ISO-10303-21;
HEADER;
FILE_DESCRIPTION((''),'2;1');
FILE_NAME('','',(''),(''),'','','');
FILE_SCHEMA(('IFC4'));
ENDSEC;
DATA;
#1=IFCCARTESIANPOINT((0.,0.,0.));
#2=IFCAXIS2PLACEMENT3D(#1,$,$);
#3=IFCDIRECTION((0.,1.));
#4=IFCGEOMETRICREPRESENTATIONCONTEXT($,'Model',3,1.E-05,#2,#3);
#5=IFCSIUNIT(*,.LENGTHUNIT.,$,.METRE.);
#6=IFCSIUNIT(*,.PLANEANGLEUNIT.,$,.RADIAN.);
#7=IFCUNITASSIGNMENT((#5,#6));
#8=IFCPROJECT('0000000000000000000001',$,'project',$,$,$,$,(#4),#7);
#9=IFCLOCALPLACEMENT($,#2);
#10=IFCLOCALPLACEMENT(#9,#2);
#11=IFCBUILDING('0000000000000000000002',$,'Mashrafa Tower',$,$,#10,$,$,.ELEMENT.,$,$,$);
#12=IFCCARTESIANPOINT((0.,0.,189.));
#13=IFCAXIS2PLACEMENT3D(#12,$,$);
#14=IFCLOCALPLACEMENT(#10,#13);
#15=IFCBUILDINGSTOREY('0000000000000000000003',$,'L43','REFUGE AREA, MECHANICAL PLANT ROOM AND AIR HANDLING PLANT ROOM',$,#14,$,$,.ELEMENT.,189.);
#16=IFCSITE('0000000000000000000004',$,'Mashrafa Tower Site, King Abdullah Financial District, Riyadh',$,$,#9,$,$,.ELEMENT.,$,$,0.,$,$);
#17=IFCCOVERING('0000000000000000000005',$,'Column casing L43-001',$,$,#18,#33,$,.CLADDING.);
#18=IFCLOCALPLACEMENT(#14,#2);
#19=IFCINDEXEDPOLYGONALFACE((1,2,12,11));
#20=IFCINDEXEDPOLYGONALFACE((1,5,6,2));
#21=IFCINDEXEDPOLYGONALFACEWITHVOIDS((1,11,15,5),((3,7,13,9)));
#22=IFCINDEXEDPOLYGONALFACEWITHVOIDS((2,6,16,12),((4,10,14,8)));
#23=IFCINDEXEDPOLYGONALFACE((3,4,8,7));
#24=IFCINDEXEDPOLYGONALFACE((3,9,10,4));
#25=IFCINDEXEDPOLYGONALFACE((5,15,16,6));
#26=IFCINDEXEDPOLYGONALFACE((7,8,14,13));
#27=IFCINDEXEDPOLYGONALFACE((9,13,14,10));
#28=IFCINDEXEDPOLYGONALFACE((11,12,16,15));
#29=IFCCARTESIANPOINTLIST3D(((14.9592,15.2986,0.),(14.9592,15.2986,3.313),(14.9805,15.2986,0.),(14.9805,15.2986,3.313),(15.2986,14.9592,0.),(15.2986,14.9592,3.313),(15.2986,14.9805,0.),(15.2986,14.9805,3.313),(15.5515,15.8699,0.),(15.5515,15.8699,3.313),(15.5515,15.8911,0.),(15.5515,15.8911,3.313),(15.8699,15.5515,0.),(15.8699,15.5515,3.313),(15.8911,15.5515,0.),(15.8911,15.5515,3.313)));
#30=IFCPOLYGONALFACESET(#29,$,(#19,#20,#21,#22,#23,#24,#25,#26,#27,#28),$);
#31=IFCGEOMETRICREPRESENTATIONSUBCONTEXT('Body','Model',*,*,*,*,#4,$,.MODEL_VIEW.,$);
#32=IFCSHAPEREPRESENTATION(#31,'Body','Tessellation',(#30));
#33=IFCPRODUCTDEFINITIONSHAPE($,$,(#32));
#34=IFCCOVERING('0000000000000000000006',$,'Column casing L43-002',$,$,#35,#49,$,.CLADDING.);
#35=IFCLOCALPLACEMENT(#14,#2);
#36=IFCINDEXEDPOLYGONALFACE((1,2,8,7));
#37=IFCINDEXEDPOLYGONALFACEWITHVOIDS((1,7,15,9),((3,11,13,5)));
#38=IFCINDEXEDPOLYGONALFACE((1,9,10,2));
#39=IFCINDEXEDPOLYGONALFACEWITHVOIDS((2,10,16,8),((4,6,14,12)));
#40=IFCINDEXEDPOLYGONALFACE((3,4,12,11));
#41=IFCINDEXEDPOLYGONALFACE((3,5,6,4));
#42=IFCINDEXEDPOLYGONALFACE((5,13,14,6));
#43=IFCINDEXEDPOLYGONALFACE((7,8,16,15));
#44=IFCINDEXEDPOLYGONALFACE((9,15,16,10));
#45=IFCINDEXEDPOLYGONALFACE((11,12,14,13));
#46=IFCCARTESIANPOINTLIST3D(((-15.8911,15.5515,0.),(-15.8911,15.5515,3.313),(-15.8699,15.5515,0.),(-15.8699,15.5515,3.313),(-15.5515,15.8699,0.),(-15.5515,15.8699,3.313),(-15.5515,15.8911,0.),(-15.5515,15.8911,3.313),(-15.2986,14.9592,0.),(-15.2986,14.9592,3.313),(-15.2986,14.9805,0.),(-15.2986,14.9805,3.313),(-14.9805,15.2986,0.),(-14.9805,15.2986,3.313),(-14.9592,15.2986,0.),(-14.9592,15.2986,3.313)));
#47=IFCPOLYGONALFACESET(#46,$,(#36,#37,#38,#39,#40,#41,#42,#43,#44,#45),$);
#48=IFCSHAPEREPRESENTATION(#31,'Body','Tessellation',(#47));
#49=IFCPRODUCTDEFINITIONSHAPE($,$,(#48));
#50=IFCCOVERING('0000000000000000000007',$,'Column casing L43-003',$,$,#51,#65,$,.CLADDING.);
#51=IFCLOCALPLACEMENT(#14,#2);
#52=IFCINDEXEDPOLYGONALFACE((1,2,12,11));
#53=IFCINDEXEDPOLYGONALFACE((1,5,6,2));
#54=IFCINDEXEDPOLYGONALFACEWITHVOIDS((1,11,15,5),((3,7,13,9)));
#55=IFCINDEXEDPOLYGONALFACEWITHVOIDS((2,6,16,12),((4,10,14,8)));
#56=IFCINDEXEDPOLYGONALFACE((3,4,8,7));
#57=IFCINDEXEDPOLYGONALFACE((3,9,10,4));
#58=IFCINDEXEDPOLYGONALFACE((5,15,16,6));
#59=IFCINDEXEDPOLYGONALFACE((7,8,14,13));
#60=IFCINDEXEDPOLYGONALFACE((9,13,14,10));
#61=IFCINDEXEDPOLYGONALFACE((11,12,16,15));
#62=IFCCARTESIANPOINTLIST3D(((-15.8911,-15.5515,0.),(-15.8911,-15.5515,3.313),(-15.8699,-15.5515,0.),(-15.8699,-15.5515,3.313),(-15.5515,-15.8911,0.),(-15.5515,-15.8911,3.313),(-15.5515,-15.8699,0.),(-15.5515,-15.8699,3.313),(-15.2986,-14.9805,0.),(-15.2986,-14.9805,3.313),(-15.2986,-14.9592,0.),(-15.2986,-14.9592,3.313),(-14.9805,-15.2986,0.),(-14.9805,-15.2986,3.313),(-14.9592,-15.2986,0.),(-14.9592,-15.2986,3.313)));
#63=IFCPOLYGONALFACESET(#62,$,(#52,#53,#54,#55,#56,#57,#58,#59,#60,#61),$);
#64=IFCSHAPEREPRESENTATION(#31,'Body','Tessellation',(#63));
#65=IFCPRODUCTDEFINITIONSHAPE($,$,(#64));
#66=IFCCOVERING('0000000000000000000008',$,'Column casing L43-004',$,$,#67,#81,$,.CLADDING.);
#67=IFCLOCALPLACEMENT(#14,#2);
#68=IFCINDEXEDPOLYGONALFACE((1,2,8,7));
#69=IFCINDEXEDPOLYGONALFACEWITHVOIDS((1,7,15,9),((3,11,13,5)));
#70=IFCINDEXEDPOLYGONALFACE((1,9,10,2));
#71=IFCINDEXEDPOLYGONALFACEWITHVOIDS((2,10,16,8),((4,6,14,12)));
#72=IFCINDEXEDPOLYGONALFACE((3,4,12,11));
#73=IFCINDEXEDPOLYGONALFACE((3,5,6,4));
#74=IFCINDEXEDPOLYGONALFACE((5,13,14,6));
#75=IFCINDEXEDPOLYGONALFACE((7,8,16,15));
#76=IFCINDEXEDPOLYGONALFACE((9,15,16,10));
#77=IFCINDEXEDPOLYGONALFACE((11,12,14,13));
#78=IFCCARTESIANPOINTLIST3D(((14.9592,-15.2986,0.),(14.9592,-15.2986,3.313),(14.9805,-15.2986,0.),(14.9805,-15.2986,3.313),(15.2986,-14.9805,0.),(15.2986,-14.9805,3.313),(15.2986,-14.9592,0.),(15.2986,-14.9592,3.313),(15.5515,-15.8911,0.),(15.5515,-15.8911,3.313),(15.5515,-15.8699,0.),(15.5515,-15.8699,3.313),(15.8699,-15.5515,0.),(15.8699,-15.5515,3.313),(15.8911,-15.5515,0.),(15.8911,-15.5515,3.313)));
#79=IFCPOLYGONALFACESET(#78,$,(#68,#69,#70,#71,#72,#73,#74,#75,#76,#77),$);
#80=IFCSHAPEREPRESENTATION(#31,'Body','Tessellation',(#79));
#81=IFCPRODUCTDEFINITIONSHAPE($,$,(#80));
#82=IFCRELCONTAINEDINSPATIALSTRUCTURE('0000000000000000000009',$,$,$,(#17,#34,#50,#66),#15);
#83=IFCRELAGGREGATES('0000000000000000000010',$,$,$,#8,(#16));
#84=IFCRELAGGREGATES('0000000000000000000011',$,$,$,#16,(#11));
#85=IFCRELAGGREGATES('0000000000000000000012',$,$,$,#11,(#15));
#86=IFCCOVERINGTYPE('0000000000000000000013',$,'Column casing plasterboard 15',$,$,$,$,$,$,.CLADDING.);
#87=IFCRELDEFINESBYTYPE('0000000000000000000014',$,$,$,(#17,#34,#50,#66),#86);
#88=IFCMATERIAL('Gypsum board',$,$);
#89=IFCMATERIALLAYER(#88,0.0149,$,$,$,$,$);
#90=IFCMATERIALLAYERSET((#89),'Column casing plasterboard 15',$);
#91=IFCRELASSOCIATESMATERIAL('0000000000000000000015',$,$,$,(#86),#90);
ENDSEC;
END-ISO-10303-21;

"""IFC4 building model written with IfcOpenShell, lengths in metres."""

from ifc_helpers import new_model, si_unit, direction, frame, origin, place, context, subcontext, project, spatial, polyline, outline, extrude, material, layer, layer_set, type_object, element, save


model = new_model("IFC4")

# Units and contexts
model_context = context("Model", 3, precision=1e-05, world=origin(), true_north=direction((0.0, 1.0)))
body_context = subcontext(model_context, "Body", "Model", "MODEL_VIEW")
ifc_project = project(units=[si_unit("LENGTHUNIT", "METRE"), si_unit("PLANEANGLEUNIT", "RADIAN")], contexts=[model_context])

# Site, building, storey
site_placement = place(None, origin())
site = spatial("IfcSite", under=ifc_project, at=site_placement, Name="Mashrafa Tower Site, King Abdullah Financial District, Riyadh", CompositionType="ELEMENT", RefElevation=0.0)
building_placement = place(site_placement, origin())
building = spatial("IfcBuilding", under=site, at=building_placement, Name="Mashrafa Tower", CompositionType="ELEMENT")
storey_placement = place(building_placement, frame((0.0, 0.0, 189.0)))
storey = spatial("IfcBuildingStorey", under=building, at=storey_placement, Name="L43", Description="REFUGE AREA, MECHANICAL PLANT ROOM AND AIR HANDLING PLANT ROOM", CompositionType="ELEMENT", Elevation=189.0)

# Coverings
ifc_material_1 = material(Name="Gypsum board")
ifc_layer_1 = layer(ifc_material_1, 0.0149)
ifc_layer_set_1 = layer_set([ifc_layer_1], Name="Column casing plasterboard 15")
covering_type = type_object("IfcCoveringType", Name="Column casing plasterboard 15", PredefinedType="CLADDING", material=ifc_layer_set_1)
covering_1_placement = place(storey_placement, origin())
element("IfcCovering", 1, at=covering_1_placement, inside=storey, type_object=covering_type, Name="Column casing L43-001", PredefinedType="CLADDING", context=body_context, shape_type="SweptSolid", body=[
    extrude(outline(polyline([(14.9592, 15.2986), (15.5515, 15.8911), (15.8911, 15.5515), (15.2986, 14.9592), (14.9592, 15.2986)]), holes=[polyline([(15.8699, 15.5515), (15.5515, 15.8699), (14.9805, 15.2986), (15.2986, 14.9805), (15.8699, 15.5515)])]), origin(), (0.0, 0.0, 1.0), 3.313),
])
covering_2_placement = place(storey_placement, origin())
element("IfcCovering", 2, at=covering_2_placement, inside=storey, type_object=covering_type, Name="Column casing L43-002", PredefinedType="CLADDING", context=body_context, shape_type="SweptSolid", body=[
    extrude(outline(polyline([(-15.8911, 15.5515), (-15.5515, 15.8911), (-14.9592, 15.2986), (-15.2986, 14.9592), (-15.8911, 15.5515)]), holes=[polyline([(-14.9805, 15.2986), (-15.5515, 15.8699), (-15.8699, 15.5515), (-15.2986, 14.9805), (-14.9805, 15.2986)])]), origin(), (0.0, 0.0, 1.0), 3.313),
])
covering_3_placement = place(storey_placement, origin())
element("IfcCovering", 3, at=covering_3_placement, inside=storey, type_object=covering_type, Name="Column casing L43-003", PredefinedType="CLADDING", context=body_context, shape_type="SweptSolid", body=[
    extrude(outline(polyline([(-15.8911, -15.5515), (-15.2986, -14.9592), (-14.9592, -15.2986), (-15.5515, -15.8911), (-15.8911, -15.5515)]), holes=[polyline([(-14.9805, -15.2986), (-15.2986, -14.9805), (-15.8699, -15.5515), (-15.5515, -15.8699), (-14.9805, -15.2986)])]), origin(), (0.0, 0.0, 1.0), 3.313),
])
covering_4_placement = place(storey_placement, origin())
element("IfcCovering", 4, at=covering_4_placement, inside=storey, type_object=covering_type, Name="Column casing L43-004", PredefinedType="CLADDING", context=body_context, shape_type="SweptSolid", body=[
    extrude(outline(polyline([(14.9592, -15.2986), (15.2986, -14.9592), (15.8911, -15.5515), (15.5515, -15.8911), (14.9592, -15.2986)]), holes=[polyline([(15.8699, -15.5515), (15.2986, -14.9805), (14.9805, -15.2986), (15.5515, -15.8699), (15.8699, -15.5515)])]), origin(), (0.0, 0.0, 1.0), 3.313),
])

save(model, "model.ifc")
